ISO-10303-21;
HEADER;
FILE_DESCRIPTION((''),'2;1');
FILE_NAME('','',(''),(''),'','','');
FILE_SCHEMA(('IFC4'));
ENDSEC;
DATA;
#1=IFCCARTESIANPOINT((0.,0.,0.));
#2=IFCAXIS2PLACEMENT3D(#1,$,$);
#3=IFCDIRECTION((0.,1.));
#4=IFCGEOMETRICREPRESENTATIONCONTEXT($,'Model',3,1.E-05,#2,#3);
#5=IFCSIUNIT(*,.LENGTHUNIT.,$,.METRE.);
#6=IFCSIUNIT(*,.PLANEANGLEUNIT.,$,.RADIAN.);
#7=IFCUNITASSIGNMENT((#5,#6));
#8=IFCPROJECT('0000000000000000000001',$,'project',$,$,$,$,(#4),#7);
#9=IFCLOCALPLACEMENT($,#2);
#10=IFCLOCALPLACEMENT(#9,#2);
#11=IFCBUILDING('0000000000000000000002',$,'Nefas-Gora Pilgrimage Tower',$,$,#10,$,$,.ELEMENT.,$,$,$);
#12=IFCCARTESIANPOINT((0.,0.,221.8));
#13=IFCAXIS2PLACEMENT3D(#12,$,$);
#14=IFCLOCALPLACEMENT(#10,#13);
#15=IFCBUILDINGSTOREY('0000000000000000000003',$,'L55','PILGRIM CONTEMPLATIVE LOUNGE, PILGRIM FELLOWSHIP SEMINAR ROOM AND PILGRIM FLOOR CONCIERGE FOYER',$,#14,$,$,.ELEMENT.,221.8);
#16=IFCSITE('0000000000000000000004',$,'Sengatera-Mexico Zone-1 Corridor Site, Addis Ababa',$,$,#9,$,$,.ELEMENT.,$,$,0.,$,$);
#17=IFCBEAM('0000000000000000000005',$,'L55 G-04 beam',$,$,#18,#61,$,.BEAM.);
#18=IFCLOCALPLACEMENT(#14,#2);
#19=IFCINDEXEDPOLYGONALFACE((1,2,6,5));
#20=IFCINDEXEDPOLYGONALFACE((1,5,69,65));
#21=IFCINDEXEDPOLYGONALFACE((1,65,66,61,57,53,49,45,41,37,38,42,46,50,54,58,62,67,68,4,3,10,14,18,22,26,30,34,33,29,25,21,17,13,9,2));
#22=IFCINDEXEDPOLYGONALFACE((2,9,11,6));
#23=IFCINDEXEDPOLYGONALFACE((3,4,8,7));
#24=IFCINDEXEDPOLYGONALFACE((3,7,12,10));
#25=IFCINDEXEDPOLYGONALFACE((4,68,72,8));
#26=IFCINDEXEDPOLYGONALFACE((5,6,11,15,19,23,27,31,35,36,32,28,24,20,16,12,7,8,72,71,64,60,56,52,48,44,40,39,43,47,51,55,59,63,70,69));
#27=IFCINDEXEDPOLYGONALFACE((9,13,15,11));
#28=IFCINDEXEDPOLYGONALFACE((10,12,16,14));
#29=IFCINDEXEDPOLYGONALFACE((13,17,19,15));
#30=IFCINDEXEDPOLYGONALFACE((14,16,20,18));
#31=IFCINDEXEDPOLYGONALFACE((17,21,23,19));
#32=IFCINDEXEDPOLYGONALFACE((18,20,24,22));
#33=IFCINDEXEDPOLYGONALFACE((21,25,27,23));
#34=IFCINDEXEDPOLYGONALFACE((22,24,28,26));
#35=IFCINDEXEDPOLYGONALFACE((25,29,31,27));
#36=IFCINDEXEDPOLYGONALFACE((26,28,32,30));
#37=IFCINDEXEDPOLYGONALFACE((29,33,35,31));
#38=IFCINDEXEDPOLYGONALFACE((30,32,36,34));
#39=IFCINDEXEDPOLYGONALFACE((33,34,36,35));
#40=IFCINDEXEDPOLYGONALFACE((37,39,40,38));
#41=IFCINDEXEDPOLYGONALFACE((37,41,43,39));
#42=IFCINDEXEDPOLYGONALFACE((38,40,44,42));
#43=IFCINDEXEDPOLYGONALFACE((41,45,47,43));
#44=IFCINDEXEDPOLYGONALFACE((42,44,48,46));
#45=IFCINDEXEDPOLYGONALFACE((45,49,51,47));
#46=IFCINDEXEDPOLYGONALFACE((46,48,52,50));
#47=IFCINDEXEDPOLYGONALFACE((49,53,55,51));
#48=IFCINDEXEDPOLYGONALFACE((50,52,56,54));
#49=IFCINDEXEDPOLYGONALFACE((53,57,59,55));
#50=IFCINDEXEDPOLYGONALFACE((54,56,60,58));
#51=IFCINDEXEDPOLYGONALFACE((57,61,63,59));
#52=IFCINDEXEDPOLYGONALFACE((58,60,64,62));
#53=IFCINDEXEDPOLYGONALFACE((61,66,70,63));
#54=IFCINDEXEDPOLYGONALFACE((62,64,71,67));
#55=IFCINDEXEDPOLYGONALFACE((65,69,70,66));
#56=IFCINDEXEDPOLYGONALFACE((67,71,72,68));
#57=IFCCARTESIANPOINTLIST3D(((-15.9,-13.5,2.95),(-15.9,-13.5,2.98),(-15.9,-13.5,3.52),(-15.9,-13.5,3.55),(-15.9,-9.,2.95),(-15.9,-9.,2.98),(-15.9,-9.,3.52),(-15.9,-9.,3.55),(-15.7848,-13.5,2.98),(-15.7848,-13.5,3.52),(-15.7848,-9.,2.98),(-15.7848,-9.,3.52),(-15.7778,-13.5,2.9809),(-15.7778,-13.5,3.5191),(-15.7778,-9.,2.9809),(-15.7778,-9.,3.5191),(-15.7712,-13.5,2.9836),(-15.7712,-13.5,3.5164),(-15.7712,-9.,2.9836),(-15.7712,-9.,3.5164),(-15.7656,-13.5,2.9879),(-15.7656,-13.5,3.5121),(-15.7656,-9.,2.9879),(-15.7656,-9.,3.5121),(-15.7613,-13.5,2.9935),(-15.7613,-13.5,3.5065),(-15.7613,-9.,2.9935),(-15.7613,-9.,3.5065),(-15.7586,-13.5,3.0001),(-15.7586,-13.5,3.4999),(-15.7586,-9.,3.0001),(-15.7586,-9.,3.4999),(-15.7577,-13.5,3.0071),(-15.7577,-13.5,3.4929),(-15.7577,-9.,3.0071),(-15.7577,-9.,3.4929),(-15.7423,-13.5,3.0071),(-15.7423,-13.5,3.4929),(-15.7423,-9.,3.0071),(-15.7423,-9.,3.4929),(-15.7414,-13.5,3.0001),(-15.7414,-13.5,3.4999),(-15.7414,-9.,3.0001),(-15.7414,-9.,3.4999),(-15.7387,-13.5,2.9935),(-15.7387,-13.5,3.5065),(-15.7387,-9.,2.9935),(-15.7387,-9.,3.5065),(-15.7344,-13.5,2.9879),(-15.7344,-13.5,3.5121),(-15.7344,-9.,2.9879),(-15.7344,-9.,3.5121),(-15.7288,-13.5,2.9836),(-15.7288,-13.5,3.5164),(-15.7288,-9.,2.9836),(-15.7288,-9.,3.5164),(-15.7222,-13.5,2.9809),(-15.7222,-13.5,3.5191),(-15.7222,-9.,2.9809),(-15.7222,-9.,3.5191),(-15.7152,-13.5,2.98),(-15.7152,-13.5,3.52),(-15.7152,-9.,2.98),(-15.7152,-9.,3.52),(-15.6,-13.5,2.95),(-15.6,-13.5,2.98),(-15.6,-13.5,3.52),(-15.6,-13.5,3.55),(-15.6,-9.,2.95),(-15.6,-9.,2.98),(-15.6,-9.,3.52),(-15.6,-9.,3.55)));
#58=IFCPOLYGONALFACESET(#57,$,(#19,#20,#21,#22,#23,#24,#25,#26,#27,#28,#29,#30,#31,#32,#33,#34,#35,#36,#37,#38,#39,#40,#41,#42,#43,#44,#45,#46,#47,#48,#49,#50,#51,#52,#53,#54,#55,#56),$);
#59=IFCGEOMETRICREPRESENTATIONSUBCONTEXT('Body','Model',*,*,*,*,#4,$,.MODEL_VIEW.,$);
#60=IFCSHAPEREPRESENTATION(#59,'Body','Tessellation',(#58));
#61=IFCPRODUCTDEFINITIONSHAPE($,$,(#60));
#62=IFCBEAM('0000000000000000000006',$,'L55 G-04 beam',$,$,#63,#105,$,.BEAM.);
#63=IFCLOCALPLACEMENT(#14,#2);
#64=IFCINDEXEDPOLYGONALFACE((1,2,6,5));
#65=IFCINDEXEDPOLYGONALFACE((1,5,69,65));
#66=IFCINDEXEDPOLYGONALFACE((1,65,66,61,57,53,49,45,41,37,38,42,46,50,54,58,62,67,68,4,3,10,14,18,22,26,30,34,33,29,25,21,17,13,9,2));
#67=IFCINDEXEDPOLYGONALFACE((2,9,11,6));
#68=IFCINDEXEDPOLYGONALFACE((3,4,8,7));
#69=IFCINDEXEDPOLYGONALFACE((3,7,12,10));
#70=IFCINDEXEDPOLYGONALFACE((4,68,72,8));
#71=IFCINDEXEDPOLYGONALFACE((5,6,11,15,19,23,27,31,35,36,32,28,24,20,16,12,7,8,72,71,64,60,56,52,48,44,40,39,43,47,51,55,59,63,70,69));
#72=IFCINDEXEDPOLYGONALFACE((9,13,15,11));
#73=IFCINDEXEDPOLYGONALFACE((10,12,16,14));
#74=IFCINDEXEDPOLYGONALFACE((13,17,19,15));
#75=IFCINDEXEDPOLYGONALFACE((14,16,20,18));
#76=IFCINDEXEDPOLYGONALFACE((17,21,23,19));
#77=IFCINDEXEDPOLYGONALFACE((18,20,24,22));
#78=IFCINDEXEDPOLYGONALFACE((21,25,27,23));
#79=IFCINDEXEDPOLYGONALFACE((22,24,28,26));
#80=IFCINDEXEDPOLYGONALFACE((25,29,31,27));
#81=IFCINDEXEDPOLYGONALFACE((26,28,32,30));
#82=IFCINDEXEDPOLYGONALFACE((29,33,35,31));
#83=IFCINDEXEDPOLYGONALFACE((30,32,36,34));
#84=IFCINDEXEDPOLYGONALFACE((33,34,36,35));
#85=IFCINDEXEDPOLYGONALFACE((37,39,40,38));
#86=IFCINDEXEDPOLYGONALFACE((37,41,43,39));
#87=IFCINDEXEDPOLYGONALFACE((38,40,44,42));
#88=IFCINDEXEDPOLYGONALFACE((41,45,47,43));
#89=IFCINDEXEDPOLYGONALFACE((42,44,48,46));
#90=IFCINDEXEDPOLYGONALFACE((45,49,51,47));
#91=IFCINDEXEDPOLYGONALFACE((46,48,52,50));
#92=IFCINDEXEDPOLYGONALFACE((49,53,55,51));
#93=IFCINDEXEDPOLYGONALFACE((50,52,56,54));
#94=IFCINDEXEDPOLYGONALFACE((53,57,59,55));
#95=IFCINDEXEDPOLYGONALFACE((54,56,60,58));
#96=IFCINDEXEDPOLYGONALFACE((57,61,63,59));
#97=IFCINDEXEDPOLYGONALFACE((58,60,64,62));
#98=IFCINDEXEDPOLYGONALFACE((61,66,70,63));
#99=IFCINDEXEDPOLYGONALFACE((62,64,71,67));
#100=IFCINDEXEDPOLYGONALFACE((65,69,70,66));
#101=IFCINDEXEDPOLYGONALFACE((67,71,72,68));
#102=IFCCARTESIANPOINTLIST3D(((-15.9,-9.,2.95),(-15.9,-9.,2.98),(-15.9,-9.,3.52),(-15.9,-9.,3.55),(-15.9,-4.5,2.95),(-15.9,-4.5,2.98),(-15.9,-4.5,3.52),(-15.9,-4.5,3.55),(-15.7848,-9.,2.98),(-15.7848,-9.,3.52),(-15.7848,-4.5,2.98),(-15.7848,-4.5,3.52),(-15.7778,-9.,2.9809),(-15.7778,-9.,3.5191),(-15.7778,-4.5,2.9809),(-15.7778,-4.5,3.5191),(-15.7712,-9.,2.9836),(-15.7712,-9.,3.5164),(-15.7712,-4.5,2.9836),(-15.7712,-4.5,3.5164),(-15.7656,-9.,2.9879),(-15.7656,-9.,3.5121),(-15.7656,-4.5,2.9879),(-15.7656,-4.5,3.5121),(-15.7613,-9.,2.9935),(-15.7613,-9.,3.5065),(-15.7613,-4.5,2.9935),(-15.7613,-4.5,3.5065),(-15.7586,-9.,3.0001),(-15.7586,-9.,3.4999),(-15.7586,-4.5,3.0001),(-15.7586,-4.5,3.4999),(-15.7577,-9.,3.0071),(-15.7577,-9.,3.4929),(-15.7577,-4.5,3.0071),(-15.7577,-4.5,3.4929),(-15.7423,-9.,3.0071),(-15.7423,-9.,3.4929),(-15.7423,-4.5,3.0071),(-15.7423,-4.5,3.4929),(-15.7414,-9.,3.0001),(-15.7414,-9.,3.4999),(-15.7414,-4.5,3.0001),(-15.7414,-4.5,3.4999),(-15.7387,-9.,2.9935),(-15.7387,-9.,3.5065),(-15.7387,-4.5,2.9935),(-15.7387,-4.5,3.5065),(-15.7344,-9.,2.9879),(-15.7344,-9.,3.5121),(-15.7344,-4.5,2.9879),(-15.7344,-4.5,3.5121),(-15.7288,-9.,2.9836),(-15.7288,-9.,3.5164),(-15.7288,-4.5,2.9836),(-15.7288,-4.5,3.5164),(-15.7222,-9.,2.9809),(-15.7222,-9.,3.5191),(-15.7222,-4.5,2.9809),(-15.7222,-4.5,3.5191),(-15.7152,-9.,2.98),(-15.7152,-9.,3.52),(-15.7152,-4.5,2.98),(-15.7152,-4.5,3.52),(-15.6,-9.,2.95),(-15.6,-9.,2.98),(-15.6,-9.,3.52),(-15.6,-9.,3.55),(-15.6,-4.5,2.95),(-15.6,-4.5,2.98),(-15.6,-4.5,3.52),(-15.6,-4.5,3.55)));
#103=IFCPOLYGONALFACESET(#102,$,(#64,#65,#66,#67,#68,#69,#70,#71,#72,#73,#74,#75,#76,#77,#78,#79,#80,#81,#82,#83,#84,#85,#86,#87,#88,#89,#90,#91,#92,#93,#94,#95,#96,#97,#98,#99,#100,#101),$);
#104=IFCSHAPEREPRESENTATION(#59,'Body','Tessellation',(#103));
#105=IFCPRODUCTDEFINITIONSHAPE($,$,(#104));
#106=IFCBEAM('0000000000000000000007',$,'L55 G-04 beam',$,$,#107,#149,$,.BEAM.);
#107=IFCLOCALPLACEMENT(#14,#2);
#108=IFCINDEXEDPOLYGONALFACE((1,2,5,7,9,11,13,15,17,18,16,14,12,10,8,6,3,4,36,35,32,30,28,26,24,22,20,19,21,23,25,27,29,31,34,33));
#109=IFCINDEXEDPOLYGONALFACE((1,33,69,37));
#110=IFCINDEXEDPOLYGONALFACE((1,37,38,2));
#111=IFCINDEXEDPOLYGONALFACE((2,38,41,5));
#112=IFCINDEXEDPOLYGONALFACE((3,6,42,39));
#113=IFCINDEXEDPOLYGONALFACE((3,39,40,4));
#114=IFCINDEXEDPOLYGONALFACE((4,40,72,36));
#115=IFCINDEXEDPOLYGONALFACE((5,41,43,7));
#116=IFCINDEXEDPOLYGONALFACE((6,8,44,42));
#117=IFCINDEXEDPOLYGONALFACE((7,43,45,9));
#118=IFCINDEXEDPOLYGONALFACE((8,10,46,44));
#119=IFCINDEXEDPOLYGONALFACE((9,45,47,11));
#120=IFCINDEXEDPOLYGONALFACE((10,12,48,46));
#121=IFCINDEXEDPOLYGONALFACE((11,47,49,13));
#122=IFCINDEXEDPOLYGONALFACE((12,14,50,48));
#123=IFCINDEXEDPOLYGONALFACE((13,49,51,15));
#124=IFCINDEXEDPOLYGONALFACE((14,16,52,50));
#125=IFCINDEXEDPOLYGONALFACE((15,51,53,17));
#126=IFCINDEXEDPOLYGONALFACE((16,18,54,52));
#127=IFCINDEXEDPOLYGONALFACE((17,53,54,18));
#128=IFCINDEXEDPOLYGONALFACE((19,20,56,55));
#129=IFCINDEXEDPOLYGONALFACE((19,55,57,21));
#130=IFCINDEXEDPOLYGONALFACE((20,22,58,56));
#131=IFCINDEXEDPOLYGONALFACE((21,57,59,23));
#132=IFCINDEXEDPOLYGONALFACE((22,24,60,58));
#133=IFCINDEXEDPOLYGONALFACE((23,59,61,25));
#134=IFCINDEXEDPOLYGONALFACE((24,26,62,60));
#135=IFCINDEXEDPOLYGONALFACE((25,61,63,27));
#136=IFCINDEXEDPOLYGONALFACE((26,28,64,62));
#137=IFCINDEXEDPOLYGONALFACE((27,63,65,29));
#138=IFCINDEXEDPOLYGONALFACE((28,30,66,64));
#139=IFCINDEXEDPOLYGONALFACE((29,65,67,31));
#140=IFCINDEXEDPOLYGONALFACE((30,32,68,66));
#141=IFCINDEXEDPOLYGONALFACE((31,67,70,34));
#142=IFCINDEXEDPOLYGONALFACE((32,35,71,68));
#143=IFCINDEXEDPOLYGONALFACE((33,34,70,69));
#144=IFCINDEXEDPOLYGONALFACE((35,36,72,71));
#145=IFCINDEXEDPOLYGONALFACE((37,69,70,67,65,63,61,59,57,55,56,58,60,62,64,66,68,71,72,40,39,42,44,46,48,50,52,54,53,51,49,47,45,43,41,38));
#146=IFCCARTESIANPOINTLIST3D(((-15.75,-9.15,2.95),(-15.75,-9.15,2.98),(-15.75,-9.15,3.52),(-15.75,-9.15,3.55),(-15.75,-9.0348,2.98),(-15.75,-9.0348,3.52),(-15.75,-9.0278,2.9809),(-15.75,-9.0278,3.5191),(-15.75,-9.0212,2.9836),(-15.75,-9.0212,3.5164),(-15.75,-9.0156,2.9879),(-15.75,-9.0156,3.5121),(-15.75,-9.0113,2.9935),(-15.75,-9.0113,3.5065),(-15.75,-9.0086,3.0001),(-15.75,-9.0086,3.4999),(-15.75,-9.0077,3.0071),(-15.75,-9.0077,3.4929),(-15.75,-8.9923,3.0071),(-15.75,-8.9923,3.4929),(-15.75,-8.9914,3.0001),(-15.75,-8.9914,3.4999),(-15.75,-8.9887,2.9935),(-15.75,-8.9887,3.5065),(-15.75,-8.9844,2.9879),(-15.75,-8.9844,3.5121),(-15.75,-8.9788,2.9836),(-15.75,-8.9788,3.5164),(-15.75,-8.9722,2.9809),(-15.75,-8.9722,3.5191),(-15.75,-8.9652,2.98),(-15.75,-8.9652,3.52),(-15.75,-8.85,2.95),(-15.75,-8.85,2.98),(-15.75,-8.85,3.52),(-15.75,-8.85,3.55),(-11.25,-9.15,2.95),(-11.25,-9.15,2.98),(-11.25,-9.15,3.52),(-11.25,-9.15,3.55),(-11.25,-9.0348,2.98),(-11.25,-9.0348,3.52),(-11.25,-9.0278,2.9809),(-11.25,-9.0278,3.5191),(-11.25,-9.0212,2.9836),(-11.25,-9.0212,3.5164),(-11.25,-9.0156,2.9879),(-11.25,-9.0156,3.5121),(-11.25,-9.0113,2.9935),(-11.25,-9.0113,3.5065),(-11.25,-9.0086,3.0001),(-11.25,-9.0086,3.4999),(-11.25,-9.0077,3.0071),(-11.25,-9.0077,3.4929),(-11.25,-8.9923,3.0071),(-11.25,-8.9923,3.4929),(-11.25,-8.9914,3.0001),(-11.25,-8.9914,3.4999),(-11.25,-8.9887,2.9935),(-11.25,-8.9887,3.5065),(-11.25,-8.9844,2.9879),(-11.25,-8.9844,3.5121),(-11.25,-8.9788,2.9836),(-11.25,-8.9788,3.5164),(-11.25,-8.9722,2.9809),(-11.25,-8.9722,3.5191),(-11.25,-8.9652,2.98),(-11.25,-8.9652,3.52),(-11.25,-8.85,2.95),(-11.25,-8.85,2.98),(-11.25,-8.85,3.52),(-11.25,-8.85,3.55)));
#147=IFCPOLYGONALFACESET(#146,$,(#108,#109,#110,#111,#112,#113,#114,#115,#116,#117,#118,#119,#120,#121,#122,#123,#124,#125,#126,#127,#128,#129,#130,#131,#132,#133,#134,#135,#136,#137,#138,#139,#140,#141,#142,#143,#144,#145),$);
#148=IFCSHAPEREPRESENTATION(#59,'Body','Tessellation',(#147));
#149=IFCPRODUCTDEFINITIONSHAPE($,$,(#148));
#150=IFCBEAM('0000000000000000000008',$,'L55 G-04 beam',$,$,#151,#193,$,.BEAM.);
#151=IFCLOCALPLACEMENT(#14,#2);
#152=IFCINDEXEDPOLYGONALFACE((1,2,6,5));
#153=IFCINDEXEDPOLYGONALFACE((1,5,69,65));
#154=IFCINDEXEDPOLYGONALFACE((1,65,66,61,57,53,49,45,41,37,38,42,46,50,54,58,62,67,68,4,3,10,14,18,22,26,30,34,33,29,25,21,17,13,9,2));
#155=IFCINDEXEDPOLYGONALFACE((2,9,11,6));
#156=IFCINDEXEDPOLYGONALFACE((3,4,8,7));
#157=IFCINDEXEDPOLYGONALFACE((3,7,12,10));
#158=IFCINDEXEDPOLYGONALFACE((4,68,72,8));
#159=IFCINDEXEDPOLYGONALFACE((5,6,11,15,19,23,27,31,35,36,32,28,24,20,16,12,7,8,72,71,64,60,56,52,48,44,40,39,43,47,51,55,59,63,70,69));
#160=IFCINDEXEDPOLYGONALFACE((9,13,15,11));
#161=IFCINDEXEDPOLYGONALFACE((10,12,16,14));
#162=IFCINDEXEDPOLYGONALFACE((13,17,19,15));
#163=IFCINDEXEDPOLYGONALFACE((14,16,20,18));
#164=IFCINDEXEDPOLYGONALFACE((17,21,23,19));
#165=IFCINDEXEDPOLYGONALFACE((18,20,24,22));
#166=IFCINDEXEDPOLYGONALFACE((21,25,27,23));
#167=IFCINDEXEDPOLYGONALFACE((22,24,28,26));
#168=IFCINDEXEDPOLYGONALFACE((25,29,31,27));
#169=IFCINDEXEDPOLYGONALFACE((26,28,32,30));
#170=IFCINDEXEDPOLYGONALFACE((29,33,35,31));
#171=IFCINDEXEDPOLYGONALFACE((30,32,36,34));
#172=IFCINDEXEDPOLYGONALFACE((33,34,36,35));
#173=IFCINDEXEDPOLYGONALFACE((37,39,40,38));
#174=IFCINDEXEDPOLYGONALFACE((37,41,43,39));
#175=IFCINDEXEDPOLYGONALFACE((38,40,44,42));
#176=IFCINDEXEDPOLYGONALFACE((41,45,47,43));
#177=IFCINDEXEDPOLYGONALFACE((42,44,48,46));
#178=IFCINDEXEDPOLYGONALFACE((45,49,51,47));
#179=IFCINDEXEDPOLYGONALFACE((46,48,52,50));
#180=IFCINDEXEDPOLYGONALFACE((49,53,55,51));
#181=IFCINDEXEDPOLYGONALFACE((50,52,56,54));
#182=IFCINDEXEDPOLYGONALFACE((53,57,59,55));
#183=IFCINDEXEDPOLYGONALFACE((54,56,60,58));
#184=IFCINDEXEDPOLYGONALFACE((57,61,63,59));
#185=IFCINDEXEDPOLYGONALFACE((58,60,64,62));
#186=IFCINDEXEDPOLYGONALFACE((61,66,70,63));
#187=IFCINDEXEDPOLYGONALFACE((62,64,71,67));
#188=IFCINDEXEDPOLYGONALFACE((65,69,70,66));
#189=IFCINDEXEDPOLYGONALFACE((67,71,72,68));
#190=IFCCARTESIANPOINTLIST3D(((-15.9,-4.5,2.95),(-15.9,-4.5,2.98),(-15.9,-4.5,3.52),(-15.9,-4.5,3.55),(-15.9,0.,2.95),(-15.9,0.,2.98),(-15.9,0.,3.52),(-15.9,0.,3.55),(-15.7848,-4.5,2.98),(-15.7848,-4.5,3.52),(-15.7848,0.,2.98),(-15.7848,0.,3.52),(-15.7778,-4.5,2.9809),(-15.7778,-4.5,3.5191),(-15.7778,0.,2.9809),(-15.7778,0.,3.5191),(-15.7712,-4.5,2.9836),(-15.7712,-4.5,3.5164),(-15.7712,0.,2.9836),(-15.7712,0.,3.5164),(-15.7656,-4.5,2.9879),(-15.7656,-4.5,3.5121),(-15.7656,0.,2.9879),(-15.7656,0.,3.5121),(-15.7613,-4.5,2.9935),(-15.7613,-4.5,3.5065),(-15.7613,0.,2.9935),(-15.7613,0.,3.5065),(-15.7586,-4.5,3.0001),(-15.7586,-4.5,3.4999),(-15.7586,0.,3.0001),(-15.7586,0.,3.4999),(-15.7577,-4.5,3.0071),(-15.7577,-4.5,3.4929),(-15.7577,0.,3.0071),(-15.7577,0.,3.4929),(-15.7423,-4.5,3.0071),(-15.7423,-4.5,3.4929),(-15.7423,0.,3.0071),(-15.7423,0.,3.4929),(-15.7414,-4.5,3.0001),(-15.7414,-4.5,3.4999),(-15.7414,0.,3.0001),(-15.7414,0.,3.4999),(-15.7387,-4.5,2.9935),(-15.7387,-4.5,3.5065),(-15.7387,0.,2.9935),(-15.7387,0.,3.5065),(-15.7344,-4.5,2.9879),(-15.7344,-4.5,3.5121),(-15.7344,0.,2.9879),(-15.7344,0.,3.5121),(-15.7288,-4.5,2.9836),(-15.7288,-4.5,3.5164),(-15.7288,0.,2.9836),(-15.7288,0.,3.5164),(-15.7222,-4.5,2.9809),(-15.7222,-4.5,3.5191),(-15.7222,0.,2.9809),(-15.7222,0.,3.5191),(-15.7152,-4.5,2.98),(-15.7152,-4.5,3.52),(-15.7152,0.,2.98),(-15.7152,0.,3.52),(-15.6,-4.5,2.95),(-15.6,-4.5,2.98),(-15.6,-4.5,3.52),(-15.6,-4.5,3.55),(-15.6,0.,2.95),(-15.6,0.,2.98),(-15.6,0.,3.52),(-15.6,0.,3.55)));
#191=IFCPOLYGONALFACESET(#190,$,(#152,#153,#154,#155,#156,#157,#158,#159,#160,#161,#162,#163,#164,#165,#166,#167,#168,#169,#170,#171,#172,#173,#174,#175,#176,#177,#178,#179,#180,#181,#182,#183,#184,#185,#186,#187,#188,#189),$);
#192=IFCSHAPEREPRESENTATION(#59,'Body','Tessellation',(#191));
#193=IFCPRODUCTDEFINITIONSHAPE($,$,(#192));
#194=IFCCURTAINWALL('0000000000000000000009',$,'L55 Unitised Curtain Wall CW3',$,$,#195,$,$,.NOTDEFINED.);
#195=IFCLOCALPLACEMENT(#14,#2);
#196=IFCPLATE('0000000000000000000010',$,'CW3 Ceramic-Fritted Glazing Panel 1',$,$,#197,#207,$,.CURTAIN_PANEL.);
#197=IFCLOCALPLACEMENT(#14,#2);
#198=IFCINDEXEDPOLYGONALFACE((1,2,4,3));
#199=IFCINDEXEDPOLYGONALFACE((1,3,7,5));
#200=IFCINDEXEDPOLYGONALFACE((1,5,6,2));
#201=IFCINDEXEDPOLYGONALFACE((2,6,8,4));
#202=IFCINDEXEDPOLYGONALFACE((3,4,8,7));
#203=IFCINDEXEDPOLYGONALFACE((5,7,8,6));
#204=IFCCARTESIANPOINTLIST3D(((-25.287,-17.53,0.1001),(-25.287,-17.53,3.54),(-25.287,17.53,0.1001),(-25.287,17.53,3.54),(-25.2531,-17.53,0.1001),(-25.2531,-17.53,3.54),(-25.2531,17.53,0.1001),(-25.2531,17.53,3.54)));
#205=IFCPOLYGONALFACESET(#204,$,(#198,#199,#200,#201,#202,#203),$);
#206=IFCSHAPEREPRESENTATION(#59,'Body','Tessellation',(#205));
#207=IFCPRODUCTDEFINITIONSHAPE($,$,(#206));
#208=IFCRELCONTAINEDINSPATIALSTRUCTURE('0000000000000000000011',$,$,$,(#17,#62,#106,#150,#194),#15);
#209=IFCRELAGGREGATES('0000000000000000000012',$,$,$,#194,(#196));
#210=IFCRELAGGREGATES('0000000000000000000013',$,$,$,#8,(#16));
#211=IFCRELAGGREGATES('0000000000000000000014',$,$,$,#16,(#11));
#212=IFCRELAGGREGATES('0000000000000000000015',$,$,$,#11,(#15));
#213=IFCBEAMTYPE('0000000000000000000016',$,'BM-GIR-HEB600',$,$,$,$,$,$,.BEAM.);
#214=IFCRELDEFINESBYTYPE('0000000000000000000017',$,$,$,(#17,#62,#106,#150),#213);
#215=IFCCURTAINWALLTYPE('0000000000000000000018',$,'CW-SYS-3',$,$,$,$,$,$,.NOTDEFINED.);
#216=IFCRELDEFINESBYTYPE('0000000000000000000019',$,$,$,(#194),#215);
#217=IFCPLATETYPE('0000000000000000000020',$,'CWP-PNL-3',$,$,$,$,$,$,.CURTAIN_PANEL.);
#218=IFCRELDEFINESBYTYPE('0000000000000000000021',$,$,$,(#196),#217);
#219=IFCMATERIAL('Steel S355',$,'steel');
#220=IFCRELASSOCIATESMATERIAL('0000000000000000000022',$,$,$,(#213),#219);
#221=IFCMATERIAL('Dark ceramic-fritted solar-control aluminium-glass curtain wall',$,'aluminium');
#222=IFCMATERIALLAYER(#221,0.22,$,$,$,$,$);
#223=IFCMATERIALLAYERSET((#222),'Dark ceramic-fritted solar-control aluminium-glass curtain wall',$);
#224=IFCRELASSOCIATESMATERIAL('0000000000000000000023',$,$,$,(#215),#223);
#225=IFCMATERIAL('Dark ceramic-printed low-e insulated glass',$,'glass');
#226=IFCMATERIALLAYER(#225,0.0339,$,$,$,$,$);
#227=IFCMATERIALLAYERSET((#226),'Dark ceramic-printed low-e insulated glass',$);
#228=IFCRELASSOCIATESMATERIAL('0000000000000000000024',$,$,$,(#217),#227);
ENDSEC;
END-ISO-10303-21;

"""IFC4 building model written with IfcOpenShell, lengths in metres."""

from ifc_helpers import new_model, si_unit, direction, frame, origin, origin_2d, place, context, subcontext, project, spatial, rectangle, i_section, extrude, source, transform, mapped, material, layer, layer_set, material_profile, profile_set, type_object, element, aggregate, save


model = new_model("IFC4")

# Units and contexts
model_context = context("Model", 3, precision=1e-05, world=origin(), true_north=direction((0.0, 1.0)))
body_context = subcontext(model_context, "Body", "Model", "MODEL_VIEW")
ifc_project = project(units=[si_unit("LENGTHUNIT", "METRE"), si_unit("PLANEANGLEUNIT", "RADIAN")], contexts=[model_context])

# Site, building, storey
site_placement = place(None, origin())
site = spatial("IfcSite", under=ifc_project, at=site_placement, Name="Sengatera-Mexico Zone-1 Corridor Site, Addis Ababa", CompositionType="ELEMENT", RefElevation=0.0)
building_placement = place(site_placement, origin())
building = spatial("IfcBuilding", under=site, at=building_placement, Name="Nefas-Gora Pilgrimage Tower", CompositionType="ELEMENT")
storey_placement = place(building_placement, frame((0.0, 0.0, 221.8)))
storey = spatial("IfcBuildingStorey", under=building, at=storey_placement, Name="L55", Description="PILGRIM CONTEMPLATIVE LOUNGE, PILGRIM FELLOWSHIP SEMINAR ROOM AND PILGRIM FLOOR CONCIERGE FOYER", CompositionType="ELEMENT", Elevation=221.8)

# Beams
ifc_material_1 = material(Name="Steel S355", Category="steel")
ifc_material_profile_1 = material_profile(ifc_material_1, i_section(OverallWidth=0.3, OverallDepth=0.6001, WebThickness=0.0154, FlangeThickness=0.03, FilletRadius=0.0271, at=origin_2d()), Name="HEB 600")
ifc_profile_set_1 = profile_set([ifc_material_profile_1], Name="Steel S355")
beam_type_1 = type_object("IfcBeamType", Name="BM-GIR-HEB600", PredefinedType="BEAM", material=ifc_profile_set_1)
shared_shape_1 = source(origin(), body_context, "Body", "SweptSolid", [
    extrude(i_section(OverallWidth=0.3, OverallDepth=0.6001, WebThickness=0.0154, FlangeThickness=0.03, FilletRadius=0.0271, at=origin_2d()), origin(), (0.0, 0.0, 1.0), 4.5),
])
for number, where, z_axis, x_axis, name in (
    (1, (-15.75, -13.5, 3.25), (0.0, 1.0, 0.0), (-1.0, 0.0, 0.0), "L55 G-04 beam"),
    (2, (-15.75, -9.0, 3.25), (0.0, 1.0, 0.0), (-1.0, 0.0, 0.0), "L55 G-04 beam"),
    (3, (-15.75, -9.0, 3.25), (1.0, 0.0, 0.0), (0.0, 1.0, 0.0), "L55 G-04 beam"),
    (4, (-15.75, -4.5, 3.25), (0.0, 1.0, 0.0), (-1.0, 0.0, 0.0), "L55 G-04 beam"),
):
    element("IfcBeam", number, at=place(storey_placement, frame(where, z_axis=z_axis, x_axis=x_axis)), inside=storey, type_object=beam_type_1, Name=name, PredefinedType="BEAM", context=body_context, shape_type="MappedRepresentation", body=[
        mapped(shared_shape_1, transform((0.0, 0.0, 0.0), x_axis=(1.0, 0.0, 0.0), y_axis=(0.0, 1.0, 0.0), z_axis=(0.0, 0.0, 1.0), scale=1.0)),
    ])

# Curtain wall, plate
ifc_material_2 = material(Name="Dark ceramic-fritted solar-control aluminium-glass curtain wall", Category="aluminium")
ifc_layer_1 = layer(ifc_material_2, 0.22)
ifc_layer_set_1 = layer_set([ifc_layer_1], Name="Dark ceramic-fritted solar-control aluminium-glass curtain wall")
curtain_wall_type = type_object("IfcCurtainWallType", Name="CW-SYS-3", PredefinedType="NOTDEFINED", material=ifc_layer_set_1)
curtain_wall_placement = place(storey_placement, origin())
curtain_wall = element("IfcCurtainWall", 5, at=curtain_wall_placement, inside=storey, type_object=curtain_wall_type, Name="L55 Unitised Curtain Wall CW3", PredefinedType="NOTDEFINED")
ifc_material_3 = material(Name="Dark ceramic-printed low-e insulated glass", Category="glass")
ifc_layer_2 = layer(ifc_material_3, 0.0339)
ifc_layer_set_2 = layer_set([ifc_layer_2], Name="Dark ceramic-printed low-e insulated glass")
plate_type = type_object("IfcPlateType", Name="CWP-PNL-3", PredefinedType="CURTAIN_PANEL", material=ifc_layer_set_2)
shared_shape_2 = source(origin(), body_context, "Body", "SweptSolid", [
    extrude(rectangle(XDim=35.0601, YDim=0.0339, at=origin_2d()), origin(), (0.0, 0.0, 1.0), 3.4399),
])
plate_placement = place(storey_placement, frame((-25.27, 0.0, 0.1001), z_axis=(0.0, 0.0, 1.0), x_axis=(0.0, -1.0, 0.0)))
plate = element("IfcPlate", 6, at=plate_placement, type_object=plate_type, Name="CW3 Ceramic-Fritted Glazing Panel 1", PredefinedType="CURTAIN_PANEL", context=body_context, shape_type="MappedRepresentation", body=[
    mapped(shared_shape_2, transform((0.0, 0.0, 0.0), x_axis=(1.0, 0.0, 0.0), y_axis=(0.0, 1.0, 0.0), z_axis=(0.0, 0.0, 1.0), scale=1.0)),
])
aggregate(curtain_wall, [plate])

save(model, "model.ifc")
